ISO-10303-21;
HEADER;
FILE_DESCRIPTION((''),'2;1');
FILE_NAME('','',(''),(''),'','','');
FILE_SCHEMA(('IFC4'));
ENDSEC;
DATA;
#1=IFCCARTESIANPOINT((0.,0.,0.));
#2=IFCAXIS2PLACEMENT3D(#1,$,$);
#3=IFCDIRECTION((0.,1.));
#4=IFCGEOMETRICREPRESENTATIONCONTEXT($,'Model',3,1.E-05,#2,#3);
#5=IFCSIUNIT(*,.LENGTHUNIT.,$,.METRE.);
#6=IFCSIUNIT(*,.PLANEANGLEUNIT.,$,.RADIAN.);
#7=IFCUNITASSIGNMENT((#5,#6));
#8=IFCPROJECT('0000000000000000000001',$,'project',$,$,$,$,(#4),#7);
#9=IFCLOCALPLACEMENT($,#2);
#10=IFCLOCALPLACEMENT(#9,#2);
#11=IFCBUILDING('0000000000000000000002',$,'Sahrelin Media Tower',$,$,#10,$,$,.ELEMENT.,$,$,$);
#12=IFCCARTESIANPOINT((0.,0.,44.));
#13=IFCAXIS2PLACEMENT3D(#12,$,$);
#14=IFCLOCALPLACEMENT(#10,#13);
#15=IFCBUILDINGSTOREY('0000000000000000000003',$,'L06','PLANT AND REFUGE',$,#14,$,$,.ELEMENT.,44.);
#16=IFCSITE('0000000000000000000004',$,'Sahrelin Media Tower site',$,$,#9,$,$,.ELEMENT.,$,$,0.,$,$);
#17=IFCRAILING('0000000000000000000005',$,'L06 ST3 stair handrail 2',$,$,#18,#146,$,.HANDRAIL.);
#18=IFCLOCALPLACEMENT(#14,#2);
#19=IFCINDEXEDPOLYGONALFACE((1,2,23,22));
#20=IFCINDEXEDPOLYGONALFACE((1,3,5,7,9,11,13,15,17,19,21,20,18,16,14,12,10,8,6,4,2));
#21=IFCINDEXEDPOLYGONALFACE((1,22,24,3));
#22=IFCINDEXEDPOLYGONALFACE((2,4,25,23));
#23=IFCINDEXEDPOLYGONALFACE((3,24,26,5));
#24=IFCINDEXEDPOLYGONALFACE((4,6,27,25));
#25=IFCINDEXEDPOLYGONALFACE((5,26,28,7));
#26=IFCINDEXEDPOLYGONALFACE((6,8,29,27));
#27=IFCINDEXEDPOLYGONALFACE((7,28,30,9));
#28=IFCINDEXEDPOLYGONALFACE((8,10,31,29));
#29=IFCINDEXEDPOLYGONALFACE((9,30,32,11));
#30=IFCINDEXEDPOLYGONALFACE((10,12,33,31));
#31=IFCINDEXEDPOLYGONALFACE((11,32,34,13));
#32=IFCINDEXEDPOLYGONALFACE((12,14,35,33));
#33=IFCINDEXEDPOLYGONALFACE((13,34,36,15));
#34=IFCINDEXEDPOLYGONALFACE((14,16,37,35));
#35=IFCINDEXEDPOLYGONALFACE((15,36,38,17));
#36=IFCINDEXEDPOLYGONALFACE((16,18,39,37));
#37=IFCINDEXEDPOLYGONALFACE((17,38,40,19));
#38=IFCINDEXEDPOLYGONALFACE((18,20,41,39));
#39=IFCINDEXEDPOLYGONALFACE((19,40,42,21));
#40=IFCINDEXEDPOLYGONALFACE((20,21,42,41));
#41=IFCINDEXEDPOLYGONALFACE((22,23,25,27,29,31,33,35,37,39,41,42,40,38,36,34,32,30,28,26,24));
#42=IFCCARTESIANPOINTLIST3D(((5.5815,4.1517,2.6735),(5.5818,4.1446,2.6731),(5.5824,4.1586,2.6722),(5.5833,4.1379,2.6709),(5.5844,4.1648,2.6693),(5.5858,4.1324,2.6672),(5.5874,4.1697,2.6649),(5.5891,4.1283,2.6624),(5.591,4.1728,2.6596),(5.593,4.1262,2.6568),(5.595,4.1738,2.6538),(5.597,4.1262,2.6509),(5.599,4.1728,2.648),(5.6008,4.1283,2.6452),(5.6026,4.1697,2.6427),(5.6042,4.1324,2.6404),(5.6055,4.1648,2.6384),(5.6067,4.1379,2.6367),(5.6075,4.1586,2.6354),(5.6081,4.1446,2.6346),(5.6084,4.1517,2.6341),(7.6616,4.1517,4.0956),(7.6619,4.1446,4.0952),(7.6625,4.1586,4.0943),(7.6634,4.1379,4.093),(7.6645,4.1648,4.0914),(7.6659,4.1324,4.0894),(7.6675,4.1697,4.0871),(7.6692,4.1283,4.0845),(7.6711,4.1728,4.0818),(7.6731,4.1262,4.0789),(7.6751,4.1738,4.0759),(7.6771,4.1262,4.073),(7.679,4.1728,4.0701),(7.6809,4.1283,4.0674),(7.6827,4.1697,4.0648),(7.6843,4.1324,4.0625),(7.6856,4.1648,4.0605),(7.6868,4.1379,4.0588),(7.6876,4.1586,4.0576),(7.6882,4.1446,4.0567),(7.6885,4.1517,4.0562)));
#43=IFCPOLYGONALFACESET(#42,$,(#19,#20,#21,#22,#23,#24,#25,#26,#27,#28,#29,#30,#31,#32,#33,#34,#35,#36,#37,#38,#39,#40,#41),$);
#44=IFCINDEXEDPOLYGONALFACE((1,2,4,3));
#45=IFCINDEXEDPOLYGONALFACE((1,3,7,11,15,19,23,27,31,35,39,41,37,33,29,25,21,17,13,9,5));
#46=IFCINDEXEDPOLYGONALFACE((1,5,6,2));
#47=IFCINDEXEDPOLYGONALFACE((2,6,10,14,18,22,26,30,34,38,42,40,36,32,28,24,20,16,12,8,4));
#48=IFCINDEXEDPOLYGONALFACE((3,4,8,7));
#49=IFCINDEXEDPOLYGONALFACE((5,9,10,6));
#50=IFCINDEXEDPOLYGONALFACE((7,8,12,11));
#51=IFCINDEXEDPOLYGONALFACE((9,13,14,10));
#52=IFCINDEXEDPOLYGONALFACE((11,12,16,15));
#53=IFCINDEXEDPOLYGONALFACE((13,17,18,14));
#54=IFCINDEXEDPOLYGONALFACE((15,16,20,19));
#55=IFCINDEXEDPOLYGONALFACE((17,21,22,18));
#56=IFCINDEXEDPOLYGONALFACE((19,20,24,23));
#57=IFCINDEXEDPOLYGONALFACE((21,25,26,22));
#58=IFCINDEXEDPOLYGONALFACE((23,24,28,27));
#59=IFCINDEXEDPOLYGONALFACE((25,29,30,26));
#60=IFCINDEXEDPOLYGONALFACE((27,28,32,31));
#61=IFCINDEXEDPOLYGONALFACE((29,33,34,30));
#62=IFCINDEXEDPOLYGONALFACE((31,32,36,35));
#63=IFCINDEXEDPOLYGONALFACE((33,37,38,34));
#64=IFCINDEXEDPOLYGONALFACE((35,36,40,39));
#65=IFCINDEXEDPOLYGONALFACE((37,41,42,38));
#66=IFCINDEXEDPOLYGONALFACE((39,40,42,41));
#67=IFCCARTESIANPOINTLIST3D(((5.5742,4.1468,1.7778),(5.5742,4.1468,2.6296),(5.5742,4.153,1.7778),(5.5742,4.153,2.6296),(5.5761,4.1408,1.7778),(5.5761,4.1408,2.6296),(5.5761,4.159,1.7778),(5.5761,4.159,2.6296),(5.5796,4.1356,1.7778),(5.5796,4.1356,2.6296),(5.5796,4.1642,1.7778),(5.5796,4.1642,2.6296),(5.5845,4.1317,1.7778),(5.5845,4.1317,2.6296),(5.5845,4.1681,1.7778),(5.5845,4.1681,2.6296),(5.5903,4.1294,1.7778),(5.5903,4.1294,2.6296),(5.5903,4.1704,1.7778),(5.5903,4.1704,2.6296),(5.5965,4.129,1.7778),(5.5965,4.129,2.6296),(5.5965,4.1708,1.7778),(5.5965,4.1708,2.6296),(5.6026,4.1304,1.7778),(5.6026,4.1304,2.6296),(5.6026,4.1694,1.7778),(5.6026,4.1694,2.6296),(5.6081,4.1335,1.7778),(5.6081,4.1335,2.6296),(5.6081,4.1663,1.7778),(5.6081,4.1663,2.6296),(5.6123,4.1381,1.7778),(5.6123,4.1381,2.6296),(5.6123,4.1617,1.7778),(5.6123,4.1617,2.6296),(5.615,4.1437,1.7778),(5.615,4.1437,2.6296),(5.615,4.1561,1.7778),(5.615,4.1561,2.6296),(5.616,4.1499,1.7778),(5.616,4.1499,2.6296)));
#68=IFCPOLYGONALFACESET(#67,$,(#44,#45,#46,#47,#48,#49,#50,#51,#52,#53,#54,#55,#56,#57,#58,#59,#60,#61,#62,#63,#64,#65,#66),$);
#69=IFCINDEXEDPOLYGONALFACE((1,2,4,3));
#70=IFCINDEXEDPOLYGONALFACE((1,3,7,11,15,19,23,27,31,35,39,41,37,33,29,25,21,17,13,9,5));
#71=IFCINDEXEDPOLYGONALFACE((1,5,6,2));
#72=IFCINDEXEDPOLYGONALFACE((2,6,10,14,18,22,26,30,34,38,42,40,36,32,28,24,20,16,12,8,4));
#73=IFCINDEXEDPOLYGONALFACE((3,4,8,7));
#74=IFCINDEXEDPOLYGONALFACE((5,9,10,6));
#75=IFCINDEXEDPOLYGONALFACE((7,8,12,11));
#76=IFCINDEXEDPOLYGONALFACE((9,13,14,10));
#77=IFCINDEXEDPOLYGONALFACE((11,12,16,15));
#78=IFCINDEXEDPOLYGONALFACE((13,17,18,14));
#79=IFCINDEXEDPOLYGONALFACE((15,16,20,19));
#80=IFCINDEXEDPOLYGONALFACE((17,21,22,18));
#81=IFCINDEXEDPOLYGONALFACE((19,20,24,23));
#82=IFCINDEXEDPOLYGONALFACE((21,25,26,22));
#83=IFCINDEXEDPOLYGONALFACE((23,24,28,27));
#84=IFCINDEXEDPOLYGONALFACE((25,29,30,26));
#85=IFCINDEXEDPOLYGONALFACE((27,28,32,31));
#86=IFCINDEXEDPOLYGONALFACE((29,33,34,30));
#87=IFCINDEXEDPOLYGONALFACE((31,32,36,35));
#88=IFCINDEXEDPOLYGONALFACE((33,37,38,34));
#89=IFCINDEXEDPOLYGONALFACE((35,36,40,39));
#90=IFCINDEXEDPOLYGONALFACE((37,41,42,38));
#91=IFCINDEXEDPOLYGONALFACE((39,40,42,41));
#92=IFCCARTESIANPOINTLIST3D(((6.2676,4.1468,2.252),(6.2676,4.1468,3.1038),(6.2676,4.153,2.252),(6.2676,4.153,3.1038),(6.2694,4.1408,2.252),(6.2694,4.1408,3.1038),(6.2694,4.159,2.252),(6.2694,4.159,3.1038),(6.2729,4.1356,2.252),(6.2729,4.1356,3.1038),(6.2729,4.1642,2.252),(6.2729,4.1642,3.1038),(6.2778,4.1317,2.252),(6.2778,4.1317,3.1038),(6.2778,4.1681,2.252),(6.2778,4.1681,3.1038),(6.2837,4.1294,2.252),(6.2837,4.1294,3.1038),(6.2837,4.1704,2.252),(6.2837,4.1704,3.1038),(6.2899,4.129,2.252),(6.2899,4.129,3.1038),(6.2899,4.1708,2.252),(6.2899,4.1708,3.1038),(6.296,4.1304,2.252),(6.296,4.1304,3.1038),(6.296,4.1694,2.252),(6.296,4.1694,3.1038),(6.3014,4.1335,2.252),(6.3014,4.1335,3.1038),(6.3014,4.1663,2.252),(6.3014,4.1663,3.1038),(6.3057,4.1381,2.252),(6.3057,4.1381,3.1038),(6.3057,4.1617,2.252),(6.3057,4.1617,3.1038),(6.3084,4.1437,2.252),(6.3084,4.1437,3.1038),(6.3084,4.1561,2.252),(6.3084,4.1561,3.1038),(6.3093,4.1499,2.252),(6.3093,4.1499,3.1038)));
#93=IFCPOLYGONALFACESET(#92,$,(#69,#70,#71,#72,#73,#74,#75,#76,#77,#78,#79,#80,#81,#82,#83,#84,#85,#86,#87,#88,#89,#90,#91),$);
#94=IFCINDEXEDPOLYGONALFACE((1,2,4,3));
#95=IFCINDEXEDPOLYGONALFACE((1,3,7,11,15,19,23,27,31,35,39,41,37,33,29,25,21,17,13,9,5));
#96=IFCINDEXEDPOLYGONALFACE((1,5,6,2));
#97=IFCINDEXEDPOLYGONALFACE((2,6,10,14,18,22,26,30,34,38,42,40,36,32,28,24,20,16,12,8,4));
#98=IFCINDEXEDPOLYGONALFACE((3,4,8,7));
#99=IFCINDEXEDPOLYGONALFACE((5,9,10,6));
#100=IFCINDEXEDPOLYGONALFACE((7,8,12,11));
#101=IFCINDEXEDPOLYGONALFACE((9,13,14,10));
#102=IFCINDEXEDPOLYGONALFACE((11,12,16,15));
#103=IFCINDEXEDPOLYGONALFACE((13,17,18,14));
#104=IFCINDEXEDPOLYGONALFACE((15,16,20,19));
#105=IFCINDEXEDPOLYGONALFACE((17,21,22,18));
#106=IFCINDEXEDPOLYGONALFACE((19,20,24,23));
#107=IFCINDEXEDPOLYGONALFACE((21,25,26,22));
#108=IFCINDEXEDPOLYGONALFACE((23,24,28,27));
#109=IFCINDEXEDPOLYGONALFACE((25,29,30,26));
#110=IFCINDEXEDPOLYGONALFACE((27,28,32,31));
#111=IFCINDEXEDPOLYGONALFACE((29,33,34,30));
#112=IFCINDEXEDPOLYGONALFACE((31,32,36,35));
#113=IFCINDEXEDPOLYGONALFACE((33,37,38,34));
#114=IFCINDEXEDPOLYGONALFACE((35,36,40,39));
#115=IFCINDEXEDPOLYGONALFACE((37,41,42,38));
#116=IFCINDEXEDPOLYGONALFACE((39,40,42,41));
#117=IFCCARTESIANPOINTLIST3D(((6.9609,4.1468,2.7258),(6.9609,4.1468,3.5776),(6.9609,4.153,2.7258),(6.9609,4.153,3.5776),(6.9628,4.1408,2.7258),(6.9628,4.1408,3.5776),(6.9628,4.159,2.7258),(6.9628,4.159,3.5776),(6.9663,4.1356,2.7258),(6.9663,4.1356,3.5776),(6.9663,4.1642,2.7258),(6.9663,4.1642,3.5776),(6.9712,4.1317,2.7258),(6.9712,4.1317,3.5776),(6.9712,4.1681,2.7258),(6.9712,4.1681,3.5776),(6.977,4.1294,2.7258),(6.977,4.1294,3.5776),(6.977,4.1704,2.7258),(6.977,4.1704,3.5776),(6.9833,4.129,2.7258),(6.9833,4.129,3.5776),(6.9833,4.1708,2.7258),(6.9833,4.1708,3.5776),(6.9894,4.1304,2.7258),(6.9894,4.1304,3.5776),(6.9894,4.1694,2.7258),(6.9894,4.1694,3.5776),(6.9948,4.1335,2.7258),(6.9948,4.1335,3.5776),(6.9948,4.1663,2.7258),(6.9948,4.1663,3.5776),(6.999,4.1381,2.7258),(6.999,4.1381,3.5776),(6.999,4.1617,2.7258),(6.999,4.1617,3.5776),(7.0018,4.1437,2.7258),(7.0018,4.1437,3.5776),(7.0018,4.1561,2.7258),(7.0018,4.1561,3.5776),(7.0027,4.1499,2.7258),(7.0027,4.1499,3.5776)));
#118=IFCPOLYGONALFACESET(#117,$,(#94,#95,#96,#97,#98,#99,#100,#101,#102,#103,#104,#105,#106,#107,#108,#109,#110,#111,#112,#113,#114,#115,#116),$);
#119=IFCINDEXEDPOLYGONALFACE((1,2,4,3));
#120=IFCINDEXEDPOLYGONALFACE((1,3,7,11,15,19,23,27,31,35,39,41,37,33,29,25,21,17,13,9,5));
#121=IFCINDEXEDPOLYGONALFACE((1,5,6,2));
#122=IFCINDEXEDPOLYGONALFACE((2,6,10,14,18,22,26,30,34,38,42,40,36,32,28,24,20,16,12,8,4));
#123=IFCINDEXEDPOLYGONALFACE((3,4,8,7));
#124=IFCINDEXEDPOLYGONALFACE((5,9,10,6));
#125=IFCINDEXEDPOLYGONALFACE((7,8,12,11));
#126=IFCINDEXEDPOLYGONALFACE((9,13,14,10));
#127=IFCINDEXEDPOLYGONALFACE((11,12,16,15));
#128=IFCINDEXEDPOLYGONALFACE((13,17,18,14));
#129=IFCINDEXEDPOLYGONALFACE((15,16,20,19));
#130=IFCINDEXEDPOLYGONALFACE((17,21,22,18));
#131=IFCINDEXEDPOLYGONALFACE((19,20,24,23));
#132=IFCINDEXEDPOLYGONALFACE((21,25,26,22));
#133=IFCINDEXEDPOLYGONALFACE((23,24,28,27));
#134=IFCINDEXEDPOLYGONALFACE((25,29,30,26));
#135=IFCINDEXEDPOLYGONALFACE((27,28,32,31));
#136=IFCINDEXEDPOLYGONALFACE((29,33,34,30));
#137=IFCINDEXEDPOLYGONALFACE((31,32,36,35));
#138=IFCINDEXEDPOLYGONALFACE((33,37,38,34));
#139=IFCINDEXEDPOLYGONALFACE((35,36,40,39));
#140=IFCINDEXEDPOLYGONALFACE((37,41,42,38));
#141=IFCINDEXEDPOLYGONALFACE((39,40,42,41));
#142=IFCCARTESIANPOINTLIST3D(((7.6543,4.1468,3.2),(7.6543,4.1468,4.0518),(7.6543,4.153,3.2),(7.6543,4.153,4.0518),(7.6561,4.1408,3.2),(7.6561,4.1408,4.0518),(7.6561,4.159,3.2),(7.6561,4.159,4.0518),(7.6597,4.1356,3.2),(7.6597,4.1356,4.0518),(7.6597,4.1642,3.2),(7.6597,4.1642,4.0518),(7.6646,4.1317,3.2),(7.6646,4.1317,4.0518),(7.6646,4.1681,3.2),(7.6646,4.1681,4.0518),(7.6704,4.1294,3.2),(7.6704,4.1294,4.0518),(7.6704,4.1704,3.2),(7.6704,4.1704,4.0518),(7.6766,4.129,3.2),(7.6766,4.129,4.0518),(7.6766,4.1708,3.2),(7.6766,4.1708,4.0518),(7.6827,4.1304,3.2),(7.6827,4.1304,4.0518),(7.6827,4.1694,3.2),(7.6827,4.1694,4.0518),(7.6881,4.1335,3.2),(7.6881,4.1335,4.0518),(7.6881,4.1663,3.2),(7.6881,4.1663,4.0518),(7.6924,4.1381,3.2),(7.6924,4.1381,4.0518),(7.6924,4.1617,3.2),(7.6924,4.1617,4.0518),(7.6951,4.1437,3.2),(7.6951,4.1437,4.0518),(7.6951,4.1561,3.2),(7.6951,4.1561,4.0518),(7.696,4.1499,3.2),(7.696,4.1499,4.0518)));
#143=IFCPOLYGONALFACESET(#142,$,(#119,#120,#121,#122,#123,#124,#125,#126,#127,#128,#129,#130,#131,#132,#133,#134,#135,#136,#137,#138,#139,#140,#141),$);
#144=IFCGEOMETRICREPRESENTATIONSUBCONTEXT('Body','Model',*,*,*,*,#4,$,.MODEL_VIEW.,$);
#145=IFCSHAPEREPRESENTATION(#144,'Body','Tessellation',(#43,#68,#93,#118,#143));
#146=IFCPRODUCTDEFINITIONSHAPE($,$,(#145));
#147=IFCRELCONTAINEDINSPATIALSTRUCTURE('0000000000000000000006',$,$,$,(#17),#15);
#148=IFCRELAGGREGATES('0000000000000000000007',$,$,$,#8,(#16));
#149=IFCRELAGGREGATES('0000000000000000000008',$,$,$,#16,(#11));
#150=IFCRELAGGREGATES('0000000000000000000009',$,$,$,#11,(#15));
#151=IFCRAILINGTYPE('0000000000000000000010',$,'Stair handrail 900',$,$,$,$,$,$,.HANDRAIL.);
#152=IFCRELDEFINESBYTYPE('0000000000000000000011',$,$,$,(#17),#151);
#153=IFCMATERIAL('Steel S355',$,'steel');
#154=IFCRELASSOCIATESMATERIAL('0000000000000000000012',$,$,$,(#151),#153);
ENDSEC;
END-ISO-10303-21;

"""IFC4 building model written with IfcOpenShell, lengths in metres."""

from ifc_helpers import new_model, si_unit, direction, frame, origin, origin_2d, place, context, subcontext, project, spatial, circle, extrude, material, type_object, element, save


model = new_model("IFC4")

# Units and contexts
model_context = context("Model", 3, precision=1e-05, world=origin(), true_north=direction((0.0, 1.0)))
body_context = subcontext(model_context, "Body", "Model", "MODEL_VIEW")
ifc_project = project(units=[si_unit("LENGTHUNIT", "METRE"), si_unit("PLANEANGLEUNIT", "RADIAN")], contexts=[model_context])

# Site, building, storey
site_placement = place(None, origin())
site = spatial("IfcSite", under=ifc_project, at=site_placement, Name="Sahrelin Media Tower site", CompositionType="ELEMENT", RefElevation=0.0)
building_placement = place(site_placement, origin())
building = spatial("IfcBuilding", under=site, at=building_placement, Name="Sahrelin Media Tower", CompositionType="ELEMENT")
storey_placement = place(building_placement, frame((0.0, 0.0, 44.0)))
storey = spatial("IfcBuildingStorey", under=building, at=storey_placement, Name="L06", Description="PLANT AND REFUGE", CompositionType="ELEMENT", Elevation=44.0)

# Shared definitions
ifc_material_1 = material(Name="Steel S355", Category="steel")

# Railing
railing_type_1 = type_object("IfcRailingType", Name="Stair handrail 900", PredefinedType="HANDRAIL", material=ifc_material_1)
for number, where, name in (
    (1, (5.595, 4.1499, 1.7778), "L06 ST3 stair handrail 2"),
):
    element("IfcRailing", number, at=place(storey_placement, frame(where)), inside=storey, type_object=railing_type_1, Name=name, PredefinedType="HANDRAIL", context=body_context, shape_type="SweptSolid", body=[
        extrude(circle(Radius=0.0239, at=origin_2d()), frame((0.0, 0.0, 0.876), z_axis=(0.825509, 0.0, 0.564389), x_axis=(0.0, 1.0, 0.0)), (0.0, 0.0, 1.0), 2.5198),
        extrude(circle(Radius=0.021, at=origin_2d()), origin(), (0.0, 0.0, 1.0), 0.8518),
        extrude(circle(Radius=0.021, at=origin_2d()), frame((0.6934, 0.0, 0.4741)), (0.0, 0.0, 1.0), 0.8518),
        extrude(circle(Radius=0.021, at=origin_2d()), frame((1.3867, 0.0, 0.948)), (0.0, 0.0, 1.0), 0.8518),
        extrude(circle(Radius=0.021, at=origin_2d()), frame((2.0801, 0.0, 1.4221)), (0.0, 0.0, 1.0), 0.8518),
    ])

save(model, "model.ifc")
